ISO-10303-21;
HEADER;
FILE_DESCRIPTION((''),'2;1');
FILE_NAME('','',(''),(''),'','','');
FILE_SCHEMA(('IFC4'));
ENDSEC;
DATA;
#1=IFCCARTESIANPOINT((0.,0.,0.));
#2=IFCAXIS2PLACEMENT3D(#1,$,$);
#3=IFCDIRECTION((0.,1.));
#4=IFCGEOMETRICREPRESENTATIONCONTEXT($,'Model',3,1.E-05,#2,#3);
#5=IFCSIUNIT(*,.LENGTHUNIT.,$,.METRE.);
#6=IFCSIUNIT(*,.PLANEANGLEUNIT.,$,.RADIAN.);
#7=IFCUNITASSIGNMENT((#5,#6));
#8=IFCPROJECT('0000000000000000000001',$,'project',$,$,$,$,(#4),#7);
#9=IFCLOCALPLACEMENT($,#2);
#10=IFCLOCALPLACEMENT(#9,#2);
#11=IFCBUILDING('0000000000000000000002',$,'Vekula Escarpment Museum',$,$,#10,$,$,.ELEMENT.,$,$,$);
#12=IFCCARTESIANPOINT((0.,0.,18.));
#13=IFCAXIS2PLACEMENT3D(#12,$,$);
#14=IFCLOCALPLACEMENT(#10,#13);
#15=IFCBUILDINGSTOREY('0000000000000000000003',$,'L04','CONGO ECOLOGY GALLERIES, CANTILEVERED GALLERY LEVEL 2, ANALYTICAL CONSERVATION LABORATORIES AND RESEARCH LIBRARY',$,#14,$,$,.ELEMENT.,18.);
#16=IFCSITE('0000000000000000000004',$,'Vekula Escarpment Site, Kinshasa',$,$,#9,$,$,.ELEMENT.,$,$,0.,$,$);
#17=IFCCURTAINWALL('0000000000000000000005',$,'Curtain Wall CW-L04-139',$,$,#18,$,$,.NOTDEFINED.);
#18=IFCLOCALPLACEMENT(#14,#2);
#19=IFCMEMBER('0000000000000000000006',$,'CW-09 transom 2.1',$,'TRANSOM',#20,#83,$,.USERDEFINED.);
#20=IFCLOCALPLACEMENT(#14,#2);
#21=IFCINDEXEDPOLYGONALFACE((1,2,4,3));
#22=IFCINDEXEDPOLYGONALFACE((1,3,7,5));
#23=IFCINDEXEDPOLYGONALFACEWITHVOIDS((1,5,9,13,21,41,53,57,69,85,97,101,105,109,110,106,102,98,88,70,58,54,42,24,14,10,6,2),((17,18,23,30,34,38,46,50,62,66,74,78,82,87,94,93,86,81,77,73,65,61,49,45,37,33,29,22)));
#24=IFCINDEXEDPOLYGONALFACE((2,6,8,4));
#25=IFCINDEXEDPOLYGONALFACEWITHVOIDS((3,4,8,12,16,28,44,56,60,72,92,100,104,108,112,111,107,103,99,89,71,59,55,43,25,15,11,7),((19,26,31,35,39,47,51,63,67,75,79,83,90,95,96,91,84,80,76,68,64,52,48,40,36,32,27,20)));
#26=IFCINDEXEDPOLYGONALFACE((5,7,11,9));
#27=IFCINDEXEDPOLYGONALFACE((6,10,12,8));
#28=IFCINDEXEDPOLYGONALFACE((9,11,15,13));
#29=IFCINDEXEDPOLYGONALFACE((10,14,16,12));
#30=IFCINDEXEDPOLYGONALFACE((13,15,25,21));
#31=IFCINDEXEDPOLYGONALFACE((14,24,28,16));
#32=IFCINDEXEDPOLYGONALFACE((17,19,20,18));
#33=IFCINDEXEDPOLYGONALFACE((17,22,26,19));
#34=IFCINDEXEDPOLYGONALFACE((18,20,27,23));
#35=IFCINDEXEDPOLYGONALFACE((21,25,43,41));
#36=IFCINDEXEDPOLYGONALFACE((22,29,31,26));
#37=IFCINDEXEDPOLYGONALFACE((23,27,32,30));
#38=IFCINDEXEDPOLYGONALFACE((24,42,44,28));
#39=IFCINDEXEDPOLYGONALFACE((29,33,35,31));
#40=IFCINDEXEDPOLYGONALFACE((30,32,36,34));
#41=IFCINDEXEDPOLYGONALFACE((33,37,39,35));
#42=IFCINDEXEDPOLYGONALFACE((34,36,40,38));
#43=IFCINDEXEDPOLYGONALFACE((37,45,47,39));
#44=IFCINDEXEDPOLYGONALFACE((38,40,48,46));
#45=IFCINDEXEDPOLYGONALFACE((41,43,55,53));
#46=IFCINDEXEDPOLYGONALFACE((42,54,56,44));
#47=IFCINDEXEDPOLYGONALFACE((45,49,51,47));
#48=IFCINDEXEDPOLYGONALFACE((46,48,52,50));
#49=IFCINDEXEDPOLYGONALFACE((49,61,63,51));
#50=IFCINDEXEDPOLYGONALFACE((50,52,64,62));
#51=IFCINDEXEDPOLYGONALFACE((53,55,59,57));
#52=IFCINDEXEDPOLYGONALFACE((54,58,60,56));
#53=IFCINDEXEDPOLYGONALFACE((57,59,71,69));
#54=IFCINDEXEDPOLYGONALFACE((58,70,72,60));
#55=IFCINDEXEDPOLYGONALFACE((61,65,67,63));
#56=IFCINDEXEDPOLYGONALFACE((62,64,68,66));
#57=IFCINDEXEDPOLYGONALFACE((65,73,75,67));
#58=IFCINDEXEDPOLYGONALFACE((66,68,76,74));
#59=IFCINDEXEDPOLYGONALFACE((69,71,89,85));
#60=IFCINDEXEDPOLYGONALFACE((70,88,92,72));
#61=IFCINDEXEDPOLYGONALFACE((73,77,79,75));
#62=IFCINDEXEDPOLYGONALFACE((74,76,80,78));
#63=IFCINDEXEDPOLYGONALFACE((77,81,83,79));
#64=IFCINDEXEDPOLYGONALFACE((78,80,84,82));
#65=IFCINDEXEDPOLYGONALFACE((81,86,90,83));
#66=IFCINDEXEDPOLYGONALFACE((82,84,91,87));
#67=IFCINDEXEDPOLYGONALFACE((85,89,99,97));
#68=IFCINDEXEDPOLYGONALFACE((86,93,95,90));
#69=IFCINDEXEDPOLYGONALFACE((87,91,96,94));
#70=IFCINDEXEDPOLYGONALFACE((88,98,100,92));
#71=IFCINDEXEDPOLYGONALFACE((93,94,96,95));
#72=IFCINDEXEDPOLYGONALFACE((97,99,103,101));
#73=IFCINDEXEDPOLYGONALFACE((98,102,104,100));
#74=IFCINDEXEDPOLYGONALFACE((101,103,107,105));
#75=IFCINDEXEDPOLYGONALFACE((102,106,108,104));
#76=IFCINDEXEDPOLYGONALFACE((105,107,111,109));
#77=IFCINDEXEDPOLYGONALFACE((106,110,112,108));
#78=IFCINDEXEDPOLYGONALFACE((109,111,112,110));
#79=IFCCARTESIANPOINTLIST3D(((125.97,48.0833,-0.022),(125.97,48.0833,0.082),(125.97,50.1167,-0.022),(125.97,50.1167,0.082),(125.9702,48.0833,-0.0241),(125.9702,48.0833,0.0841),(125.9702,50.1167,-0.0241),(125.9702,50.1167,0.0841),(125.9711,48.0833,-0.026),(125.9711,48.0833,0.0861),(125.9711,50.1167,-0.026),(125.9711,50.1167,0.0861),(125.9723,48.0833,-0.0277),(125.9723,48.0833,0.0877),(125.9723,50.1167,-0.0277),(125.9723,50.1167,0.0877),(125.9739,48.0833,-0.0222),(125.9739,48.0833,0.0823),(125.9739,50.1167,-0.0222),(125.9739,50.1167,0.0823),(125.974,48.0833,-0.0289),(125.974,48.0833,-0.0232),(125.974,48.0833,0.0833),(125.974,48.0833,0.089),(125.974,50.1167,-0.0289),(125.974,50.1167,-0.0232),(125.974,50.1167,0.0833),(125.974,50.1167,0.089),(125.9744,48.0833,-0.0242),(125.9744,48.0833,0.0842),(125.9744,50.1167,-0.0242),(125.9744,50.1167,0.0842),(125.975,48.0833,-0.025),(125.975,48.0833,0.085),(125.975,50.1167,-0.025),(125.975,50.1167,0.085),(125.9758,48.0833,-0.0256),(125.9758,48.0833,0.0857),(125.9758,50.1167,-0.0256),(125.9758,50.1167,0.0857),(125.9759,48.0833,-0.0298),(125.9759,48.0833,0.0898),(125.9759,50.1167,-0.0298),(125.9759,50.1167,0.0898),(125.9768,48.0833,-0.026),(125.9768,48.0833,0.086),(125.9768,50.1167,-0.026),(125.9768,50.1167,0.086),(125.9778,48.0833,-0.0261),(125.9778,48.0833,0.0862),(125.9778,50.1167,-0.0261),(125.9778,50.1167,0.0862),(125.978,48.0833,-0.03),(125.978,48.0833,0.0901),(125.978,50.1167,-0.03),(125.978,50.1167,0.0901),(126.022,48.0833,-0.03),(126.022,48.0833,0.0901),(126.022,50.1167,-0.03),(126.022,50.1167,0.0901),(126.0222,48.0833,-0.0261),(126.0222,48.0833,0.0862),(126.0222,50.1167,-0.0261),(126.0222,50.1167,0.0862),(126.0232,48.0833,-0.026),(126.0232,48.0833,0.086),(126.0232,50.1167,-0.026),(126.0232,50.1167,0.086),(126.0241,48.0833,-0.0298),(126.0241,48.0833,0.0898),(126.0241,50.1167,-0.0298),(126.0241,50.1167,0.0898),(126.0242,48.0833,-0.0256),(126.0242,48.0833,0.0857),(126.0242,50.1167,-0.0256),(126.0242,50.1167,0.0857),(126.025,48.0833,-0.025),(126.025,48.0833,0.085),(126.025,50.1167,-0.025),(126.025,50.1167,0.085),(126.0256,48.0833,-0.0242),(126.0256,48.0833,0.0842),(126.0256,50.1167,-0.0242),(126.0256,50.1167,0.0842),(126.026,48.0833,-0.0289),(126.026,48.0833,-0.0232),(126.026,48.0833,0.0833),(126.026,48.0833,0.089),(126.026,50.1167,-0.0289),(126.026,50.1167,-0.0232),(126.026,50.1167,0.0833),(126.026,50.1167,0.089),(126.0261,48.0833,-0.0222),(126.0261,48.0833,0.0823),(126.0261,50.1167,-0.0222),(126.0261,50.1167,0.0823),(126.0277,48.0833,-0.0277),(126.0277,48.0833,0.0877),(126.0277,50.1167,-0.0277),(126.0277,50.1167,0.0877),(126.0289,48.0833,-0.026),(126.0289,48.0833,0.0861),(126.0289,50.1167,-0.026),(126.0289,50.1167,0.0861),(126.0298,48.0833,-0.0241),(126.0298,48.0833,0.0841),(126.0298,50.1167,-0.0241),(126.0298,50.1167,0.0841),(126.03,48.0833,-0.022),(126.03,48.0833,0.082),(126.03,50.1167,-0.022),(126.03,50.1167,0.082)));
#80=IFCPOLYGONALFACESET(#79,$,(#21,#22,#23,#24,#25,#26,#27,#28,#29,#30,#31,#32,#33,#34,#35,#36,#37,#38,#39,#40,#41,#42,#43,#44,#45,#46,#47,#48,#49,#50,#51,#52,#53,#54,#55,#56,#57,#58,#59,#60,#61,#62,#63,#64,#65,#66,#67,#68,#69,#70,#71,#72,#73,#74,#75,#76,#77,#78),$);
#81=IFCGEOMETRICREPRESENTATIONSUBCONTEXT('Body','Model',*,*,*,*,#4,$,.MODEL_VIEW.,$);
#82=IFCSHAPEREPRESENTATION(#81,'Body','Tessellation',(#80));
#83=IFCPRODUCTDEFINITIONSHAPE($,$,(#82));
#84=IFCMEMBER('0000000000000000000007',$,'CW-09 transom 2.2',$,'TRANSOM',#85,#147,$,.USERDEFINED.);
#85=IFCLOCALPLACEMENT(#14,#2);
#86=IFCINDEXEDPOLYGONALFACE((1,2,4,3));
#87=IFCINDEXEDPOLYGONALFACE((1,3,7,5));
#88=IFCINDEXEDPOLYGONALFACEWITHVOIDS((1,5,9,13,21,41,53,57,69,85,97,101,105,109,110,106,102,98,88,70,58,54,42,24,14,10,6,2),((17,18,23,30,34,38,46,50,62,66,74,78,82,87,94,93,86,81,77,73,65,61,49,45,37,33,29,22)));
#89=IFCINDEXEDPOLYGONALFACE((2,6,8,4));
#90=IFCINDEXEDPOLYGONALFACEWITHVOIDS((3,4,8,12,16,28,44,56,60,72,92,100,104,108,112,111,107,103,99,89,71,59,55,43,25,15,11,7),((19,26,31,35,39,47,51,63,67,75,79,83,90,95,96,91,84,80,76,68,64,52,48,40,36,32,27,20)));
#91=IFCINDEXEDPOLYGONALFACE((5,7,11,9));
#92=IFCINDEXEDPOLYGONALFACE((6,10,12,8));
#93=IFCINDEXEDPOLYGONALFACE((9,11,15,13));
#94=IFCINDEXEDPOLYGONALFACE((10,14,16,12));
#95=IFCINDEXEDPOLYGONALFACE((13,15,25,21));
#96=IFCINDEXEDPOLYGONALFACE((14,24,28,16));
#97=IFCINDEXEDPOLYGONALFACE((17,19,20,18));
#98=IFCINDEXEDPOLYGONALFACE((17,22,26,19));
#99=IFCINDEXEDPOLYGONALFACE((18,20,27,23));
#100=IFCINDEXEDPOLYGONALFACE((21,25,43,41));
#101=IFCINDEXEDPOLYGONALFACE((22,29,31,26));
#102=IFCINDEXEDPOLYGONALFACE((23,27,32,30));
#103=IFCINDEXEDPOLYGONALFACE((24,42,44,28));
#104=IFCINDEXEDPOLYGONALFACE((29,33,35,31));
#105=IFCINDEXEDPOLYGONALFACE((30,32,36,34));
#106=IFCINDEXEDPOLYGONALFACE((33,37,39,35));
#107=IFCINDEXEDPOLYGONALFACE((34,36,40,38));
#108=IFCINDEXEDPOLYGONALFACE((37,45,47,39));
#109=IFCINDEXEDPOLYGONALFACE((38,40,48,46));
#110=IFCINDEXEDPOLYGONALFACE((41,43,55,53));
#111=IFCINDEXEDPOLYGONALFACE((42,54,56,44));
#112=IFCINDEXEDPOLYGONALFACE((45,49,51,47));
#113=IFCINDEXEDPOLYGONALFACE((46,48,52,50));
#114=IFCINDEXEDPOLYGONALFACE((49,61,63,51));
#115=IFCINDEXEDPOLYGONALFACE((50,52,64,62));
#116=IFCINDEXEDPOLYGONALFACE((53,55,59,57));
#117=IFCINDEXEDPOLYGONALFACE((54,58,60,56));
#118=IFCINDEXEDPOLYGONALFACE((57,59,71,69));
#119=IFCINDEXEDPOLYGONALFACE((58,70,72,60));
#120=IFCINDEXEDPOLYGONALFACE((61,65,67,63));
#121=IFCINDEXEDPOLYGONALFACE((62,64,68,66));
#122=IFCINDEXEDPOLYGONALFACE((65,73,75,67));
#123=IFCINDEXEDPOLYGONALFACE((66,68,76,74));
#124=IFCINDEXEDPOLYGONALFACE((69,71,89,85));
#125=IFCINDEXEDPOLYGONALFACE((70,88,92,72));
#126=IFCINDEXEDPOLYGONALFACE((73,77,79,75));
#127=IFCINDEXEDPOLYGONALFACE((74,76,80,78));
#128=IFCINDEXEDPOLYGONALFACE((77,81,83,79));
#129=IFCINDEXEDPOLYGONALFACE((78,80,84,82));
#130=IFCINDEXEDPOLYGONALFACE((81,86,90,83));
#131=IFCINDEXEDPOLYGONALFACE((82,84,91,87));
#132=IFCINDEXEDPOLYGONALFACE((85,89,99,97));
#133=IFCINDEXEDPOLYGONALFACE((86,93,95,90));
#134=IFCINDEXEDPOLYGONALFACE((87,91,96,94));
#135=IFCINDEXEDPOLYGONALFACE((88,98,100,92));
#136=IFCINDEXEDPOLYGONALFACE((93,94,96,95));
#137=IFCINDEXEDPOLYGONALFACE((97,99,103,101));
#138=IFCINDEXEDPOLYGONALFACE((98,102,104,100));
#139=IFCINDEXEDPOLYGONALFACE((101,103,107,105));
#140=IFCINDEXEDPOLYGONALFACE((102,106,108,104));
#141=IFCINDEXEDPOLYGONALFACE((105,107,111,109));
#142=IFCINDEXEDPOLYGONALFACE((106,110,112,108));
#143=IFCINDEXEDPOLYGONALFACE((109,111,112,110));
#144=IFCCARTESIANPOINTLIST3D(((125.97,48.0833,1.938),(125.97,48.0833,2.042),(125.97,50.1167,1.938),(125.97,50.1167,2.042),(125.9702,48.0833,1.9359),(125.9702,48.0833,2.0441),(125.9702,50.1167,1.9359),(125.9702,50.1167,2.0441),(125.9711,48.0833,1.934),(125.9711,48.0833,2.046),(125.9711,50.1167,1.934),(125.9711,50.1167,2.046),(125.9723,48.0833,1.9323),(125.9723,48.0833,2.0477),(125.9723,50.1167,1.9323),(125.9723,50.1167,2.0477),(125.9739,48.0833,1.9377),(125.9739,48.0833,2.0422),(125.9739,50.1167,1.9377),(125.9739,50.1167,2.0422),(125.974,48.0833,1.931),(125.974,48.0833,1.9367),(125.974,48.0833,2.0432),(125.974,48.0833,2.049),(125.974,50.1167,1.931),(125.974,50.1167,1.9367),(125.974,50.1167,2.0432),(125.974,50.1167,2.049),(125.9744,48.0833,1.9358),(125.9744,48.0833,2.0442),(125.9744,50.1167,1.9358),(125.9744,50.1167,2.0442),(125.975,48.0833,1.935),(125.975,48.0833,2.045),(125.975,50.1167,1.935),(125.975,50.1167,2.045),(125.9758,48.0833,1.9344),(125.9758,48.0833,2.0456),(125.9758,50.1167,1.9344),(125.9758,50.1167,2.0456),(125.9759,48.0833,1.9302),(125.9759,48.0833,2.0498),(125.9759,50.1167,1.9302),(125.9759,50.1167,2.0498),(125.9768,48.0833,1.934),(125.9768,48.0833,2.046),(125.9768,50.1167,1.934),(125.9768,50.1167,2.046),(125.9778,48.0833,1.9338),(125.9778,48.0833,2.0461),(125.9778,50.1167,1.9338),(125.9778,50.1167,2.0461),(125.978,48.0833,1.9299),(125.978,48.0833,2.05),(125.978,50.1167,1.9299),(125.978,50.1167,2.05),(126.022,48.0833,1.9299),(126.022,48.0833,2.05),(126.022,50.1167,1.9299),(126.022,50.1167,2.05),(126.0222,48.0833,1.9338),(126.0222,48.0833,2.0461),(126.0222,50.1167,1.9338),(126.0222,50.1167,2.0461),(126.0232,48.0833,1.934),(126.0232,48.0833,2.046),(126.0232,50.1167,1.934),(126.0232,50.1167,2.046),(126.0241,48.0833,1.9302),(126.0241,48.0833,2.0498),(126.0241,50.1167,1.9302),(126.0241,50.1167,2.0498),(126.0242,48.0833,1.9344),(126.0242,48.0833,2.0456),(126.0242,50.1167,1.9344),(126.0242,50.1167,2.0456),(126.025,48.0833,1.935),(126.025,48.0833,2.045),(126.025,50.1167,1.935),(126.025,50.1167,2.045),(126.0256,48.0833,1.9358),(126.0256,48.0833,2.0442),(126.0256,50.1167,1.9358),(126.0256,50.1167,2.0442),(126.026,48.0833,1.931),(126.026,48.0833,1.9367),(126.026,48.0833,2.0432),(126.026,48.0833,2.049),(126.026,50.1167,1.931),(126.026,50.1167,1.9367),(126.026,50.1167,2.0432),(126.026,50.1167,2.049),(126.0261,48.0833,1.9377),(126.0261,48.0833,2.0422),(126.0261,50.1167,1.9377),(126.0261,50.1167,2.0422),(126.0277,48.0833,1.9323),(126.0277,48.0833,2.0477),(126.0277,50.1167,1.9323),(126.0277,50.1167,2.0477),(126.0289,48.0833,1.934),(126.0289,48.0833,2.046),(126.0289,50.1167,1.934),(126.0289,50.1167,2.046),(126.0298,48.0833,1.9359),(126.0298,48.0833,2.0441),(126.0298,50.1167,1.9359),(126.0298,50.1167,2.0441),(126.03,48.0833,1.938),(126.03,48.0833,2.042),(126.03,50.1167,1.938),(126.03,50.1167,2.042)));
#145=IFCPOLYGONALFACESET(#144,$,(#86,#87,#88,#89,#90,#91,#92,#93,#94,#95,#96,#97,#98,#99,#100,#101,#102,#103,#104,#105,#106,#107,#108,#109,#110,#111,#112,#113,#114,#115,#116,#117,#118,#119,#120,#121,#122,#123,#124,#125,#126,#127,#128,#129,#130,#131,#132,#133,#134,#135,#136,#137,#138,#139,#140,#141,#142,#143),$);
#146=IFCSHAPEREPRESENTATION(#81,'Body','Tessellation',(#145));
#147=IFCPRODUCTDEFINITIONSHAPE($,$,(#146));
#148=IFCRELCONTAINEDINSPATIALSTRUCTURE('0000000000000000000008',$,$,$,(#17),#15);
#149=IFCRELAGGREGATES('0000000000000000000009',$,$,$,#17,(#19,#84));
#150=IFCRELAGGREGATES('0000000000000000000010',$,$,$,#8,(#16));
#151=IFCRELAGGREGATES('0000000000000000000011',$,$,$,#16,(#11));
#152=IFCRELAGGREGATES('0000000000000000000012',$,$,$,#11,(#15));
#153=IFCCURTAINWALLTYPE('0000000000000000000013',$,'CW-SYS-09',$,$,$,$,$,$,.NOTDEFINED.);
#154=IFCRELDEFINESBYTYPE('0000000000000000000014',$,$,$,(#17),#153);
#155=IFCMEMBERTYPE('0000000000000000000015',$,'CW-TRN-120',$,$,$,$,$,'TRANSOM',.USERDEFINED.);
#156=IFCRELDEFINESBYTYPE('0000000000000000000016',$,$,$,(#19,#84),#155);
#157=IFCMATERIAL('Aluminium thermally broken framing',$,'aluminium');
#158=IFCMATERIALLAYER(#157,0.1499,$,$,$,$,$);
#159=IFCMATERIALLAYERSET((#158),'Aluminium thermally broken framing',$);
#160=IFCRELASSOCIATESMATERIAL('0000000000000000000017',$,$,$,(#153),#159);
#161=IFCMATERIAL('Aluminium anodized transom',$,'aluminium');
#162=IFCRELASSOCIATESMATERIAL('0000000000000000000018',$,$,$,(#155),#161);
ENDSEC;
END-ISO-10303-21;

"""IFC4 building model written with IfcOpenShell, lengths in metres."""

from ifc_helpers import new_model, si_unit, direction, frame, origin, origin_2d, place, context, subcontext, project, spatial, hollow_rectangle, extrude, material, layer, layer_set, material_profile, profile_set, type_object, element, aggregate, save


model = new_model("IFC4")

# Units and contexts
model_context = context("Model", 3, precision=1e-05, world=origin(), true_north=direction((0.0, 1.0)))
body_context = subcontext(model_context, "Body", "Model", "MODEL_VIEW")
ifc_project = project(units=[si_unit("LENGTHUNIT", "METRE"), si_unit("PLANEANGLEUNIT", "RADIAN")], contexts=[model_context])

# Site, building, storey
site_placement = place(None, origin())
site = spatial("IfcSite", under=ifc_project, at=site_placement, Name="Vekula Escarpment Site, Kinshasa", CompositionType="ELEMENT", RefElevation=0.0)
building_placement = place(site_placement, origin())
building = spatial("IfcBuilding", under=site, at=building_placement, Name="Vekula Escarpment Museum", CompositionType="ELEMENT")
storey_placement = place(building_placement, frame((0.0, 0.0, 18.0)))
storey = spatial("IfcBuildingStorey", under=building, at=storey_placement, Name="L04", Description="CONGO ECOLOGY GALLERIES, CANTILEVERED GALLERY LEVEL 2, ANALYTICAL CONSERVATION LABORATORIES AND RESEARCH LIBRARY", CompositionType="ELEMENT", Elevation=18.0)

# Curtain wall, members
ifc_material_1 = material(Name="Aluminium thermally broken framing", Category="aluminium")
ifc_layer_1 = layer(ifc_material_1, 0.1499)
ifc_layer_set_1 = layer_set([ifc_layer_1], Name="Aluminium thermally broken framing")
curtain_wall_type_1 = type_object("IfcCurtainWallType", Name="CW-SYS-09", PredefinedType="NOTDEFINED", material=ifc_layer_set_1)
curtain_wall_1_placement = place(storey_placement, origin())
curtain_wall_1 = element("IfcCurtainWall", 1, at=curtain_wall_1_placement, inside=storey, type_object=curtain_wall_type_1, Name="Curtain Wall CW-L04-139", PredefinedType="NOTDEFINED")
ifc_material_2 = material(Name="Aluminium anodized transom", Category="aluminium")
ifc_material_profile_1 = material_profile(ifc_material_2, hollow_rectangle(XDim=0.0601, YDim=0.1201, WallThickness=0.0039, InnerFilletRadius=0.0039, OuterFilletRadius=0.0081, at=origin_2d()), Name="ALU 120x60x4")
ifc_profile_set_1 = profile_set([ifc_material_profile_1], Name="Aluminium anodized transom")
member_type_1 = type_object("IfcMemberType", Name="CW-TRN-120", ElementType="TRANSOM", PredefinedType="USERDEFINED", material=ifc_profile_set_1)
member_1_placement = place(storey_placement, frame((126.0, 48.0833, 0.03), z_axis=(0.0, 1.0, 0.0), x_axis=(-1.0, 0.0, 0.0)))
member_1 = element("IfcMember", 2, at=member_1_placement, type_object=member_type_1, Name="CW-09 transom 2.1", ObjectType="TRANSOM", PredefinedType="USERDEFINED", context=body_context, shape_type="SweptSolid", body=[
    extrude(hollow_rectangle(XDim=0.0601, YDim=0.1201, WallThickness=0.0039, InnerFilletRadius=0.0039, OuterFilletRadius=0.0081, at=origin_2d()), origin(), (0.0, 0.0, 1.0), 2.0334),
])
member_2_placement = place(storey_placement, frame((126.0, 48.0833, 1.99), z_axis=(0.0, 1.0, 0.0), x_axis=(-1.0, 0.0, 0.0)))
member_2 = element("IfcMember", 3, at=member_2_placement, type_object=member_type_1, Name="CW-09 transom 2.2", ObjectType="TRANSOM", PredefinedType="USERDEFINED", context=body_context, shape_type="SweptSolid", body=[
    extrude(hollow_rectangle(XDim=0.0601, YDim=0.1201, WallThickness=0.0039, InnerFilletRadius=0.0039, OuterFilletRadius=0.0081, at=origin_2d()), origin(), (0.0, 0.0, 1.0), 2.0334),
])

aggregate(curtain_wall_1, [member_1, member_2])

save(model, "model.ifc")
